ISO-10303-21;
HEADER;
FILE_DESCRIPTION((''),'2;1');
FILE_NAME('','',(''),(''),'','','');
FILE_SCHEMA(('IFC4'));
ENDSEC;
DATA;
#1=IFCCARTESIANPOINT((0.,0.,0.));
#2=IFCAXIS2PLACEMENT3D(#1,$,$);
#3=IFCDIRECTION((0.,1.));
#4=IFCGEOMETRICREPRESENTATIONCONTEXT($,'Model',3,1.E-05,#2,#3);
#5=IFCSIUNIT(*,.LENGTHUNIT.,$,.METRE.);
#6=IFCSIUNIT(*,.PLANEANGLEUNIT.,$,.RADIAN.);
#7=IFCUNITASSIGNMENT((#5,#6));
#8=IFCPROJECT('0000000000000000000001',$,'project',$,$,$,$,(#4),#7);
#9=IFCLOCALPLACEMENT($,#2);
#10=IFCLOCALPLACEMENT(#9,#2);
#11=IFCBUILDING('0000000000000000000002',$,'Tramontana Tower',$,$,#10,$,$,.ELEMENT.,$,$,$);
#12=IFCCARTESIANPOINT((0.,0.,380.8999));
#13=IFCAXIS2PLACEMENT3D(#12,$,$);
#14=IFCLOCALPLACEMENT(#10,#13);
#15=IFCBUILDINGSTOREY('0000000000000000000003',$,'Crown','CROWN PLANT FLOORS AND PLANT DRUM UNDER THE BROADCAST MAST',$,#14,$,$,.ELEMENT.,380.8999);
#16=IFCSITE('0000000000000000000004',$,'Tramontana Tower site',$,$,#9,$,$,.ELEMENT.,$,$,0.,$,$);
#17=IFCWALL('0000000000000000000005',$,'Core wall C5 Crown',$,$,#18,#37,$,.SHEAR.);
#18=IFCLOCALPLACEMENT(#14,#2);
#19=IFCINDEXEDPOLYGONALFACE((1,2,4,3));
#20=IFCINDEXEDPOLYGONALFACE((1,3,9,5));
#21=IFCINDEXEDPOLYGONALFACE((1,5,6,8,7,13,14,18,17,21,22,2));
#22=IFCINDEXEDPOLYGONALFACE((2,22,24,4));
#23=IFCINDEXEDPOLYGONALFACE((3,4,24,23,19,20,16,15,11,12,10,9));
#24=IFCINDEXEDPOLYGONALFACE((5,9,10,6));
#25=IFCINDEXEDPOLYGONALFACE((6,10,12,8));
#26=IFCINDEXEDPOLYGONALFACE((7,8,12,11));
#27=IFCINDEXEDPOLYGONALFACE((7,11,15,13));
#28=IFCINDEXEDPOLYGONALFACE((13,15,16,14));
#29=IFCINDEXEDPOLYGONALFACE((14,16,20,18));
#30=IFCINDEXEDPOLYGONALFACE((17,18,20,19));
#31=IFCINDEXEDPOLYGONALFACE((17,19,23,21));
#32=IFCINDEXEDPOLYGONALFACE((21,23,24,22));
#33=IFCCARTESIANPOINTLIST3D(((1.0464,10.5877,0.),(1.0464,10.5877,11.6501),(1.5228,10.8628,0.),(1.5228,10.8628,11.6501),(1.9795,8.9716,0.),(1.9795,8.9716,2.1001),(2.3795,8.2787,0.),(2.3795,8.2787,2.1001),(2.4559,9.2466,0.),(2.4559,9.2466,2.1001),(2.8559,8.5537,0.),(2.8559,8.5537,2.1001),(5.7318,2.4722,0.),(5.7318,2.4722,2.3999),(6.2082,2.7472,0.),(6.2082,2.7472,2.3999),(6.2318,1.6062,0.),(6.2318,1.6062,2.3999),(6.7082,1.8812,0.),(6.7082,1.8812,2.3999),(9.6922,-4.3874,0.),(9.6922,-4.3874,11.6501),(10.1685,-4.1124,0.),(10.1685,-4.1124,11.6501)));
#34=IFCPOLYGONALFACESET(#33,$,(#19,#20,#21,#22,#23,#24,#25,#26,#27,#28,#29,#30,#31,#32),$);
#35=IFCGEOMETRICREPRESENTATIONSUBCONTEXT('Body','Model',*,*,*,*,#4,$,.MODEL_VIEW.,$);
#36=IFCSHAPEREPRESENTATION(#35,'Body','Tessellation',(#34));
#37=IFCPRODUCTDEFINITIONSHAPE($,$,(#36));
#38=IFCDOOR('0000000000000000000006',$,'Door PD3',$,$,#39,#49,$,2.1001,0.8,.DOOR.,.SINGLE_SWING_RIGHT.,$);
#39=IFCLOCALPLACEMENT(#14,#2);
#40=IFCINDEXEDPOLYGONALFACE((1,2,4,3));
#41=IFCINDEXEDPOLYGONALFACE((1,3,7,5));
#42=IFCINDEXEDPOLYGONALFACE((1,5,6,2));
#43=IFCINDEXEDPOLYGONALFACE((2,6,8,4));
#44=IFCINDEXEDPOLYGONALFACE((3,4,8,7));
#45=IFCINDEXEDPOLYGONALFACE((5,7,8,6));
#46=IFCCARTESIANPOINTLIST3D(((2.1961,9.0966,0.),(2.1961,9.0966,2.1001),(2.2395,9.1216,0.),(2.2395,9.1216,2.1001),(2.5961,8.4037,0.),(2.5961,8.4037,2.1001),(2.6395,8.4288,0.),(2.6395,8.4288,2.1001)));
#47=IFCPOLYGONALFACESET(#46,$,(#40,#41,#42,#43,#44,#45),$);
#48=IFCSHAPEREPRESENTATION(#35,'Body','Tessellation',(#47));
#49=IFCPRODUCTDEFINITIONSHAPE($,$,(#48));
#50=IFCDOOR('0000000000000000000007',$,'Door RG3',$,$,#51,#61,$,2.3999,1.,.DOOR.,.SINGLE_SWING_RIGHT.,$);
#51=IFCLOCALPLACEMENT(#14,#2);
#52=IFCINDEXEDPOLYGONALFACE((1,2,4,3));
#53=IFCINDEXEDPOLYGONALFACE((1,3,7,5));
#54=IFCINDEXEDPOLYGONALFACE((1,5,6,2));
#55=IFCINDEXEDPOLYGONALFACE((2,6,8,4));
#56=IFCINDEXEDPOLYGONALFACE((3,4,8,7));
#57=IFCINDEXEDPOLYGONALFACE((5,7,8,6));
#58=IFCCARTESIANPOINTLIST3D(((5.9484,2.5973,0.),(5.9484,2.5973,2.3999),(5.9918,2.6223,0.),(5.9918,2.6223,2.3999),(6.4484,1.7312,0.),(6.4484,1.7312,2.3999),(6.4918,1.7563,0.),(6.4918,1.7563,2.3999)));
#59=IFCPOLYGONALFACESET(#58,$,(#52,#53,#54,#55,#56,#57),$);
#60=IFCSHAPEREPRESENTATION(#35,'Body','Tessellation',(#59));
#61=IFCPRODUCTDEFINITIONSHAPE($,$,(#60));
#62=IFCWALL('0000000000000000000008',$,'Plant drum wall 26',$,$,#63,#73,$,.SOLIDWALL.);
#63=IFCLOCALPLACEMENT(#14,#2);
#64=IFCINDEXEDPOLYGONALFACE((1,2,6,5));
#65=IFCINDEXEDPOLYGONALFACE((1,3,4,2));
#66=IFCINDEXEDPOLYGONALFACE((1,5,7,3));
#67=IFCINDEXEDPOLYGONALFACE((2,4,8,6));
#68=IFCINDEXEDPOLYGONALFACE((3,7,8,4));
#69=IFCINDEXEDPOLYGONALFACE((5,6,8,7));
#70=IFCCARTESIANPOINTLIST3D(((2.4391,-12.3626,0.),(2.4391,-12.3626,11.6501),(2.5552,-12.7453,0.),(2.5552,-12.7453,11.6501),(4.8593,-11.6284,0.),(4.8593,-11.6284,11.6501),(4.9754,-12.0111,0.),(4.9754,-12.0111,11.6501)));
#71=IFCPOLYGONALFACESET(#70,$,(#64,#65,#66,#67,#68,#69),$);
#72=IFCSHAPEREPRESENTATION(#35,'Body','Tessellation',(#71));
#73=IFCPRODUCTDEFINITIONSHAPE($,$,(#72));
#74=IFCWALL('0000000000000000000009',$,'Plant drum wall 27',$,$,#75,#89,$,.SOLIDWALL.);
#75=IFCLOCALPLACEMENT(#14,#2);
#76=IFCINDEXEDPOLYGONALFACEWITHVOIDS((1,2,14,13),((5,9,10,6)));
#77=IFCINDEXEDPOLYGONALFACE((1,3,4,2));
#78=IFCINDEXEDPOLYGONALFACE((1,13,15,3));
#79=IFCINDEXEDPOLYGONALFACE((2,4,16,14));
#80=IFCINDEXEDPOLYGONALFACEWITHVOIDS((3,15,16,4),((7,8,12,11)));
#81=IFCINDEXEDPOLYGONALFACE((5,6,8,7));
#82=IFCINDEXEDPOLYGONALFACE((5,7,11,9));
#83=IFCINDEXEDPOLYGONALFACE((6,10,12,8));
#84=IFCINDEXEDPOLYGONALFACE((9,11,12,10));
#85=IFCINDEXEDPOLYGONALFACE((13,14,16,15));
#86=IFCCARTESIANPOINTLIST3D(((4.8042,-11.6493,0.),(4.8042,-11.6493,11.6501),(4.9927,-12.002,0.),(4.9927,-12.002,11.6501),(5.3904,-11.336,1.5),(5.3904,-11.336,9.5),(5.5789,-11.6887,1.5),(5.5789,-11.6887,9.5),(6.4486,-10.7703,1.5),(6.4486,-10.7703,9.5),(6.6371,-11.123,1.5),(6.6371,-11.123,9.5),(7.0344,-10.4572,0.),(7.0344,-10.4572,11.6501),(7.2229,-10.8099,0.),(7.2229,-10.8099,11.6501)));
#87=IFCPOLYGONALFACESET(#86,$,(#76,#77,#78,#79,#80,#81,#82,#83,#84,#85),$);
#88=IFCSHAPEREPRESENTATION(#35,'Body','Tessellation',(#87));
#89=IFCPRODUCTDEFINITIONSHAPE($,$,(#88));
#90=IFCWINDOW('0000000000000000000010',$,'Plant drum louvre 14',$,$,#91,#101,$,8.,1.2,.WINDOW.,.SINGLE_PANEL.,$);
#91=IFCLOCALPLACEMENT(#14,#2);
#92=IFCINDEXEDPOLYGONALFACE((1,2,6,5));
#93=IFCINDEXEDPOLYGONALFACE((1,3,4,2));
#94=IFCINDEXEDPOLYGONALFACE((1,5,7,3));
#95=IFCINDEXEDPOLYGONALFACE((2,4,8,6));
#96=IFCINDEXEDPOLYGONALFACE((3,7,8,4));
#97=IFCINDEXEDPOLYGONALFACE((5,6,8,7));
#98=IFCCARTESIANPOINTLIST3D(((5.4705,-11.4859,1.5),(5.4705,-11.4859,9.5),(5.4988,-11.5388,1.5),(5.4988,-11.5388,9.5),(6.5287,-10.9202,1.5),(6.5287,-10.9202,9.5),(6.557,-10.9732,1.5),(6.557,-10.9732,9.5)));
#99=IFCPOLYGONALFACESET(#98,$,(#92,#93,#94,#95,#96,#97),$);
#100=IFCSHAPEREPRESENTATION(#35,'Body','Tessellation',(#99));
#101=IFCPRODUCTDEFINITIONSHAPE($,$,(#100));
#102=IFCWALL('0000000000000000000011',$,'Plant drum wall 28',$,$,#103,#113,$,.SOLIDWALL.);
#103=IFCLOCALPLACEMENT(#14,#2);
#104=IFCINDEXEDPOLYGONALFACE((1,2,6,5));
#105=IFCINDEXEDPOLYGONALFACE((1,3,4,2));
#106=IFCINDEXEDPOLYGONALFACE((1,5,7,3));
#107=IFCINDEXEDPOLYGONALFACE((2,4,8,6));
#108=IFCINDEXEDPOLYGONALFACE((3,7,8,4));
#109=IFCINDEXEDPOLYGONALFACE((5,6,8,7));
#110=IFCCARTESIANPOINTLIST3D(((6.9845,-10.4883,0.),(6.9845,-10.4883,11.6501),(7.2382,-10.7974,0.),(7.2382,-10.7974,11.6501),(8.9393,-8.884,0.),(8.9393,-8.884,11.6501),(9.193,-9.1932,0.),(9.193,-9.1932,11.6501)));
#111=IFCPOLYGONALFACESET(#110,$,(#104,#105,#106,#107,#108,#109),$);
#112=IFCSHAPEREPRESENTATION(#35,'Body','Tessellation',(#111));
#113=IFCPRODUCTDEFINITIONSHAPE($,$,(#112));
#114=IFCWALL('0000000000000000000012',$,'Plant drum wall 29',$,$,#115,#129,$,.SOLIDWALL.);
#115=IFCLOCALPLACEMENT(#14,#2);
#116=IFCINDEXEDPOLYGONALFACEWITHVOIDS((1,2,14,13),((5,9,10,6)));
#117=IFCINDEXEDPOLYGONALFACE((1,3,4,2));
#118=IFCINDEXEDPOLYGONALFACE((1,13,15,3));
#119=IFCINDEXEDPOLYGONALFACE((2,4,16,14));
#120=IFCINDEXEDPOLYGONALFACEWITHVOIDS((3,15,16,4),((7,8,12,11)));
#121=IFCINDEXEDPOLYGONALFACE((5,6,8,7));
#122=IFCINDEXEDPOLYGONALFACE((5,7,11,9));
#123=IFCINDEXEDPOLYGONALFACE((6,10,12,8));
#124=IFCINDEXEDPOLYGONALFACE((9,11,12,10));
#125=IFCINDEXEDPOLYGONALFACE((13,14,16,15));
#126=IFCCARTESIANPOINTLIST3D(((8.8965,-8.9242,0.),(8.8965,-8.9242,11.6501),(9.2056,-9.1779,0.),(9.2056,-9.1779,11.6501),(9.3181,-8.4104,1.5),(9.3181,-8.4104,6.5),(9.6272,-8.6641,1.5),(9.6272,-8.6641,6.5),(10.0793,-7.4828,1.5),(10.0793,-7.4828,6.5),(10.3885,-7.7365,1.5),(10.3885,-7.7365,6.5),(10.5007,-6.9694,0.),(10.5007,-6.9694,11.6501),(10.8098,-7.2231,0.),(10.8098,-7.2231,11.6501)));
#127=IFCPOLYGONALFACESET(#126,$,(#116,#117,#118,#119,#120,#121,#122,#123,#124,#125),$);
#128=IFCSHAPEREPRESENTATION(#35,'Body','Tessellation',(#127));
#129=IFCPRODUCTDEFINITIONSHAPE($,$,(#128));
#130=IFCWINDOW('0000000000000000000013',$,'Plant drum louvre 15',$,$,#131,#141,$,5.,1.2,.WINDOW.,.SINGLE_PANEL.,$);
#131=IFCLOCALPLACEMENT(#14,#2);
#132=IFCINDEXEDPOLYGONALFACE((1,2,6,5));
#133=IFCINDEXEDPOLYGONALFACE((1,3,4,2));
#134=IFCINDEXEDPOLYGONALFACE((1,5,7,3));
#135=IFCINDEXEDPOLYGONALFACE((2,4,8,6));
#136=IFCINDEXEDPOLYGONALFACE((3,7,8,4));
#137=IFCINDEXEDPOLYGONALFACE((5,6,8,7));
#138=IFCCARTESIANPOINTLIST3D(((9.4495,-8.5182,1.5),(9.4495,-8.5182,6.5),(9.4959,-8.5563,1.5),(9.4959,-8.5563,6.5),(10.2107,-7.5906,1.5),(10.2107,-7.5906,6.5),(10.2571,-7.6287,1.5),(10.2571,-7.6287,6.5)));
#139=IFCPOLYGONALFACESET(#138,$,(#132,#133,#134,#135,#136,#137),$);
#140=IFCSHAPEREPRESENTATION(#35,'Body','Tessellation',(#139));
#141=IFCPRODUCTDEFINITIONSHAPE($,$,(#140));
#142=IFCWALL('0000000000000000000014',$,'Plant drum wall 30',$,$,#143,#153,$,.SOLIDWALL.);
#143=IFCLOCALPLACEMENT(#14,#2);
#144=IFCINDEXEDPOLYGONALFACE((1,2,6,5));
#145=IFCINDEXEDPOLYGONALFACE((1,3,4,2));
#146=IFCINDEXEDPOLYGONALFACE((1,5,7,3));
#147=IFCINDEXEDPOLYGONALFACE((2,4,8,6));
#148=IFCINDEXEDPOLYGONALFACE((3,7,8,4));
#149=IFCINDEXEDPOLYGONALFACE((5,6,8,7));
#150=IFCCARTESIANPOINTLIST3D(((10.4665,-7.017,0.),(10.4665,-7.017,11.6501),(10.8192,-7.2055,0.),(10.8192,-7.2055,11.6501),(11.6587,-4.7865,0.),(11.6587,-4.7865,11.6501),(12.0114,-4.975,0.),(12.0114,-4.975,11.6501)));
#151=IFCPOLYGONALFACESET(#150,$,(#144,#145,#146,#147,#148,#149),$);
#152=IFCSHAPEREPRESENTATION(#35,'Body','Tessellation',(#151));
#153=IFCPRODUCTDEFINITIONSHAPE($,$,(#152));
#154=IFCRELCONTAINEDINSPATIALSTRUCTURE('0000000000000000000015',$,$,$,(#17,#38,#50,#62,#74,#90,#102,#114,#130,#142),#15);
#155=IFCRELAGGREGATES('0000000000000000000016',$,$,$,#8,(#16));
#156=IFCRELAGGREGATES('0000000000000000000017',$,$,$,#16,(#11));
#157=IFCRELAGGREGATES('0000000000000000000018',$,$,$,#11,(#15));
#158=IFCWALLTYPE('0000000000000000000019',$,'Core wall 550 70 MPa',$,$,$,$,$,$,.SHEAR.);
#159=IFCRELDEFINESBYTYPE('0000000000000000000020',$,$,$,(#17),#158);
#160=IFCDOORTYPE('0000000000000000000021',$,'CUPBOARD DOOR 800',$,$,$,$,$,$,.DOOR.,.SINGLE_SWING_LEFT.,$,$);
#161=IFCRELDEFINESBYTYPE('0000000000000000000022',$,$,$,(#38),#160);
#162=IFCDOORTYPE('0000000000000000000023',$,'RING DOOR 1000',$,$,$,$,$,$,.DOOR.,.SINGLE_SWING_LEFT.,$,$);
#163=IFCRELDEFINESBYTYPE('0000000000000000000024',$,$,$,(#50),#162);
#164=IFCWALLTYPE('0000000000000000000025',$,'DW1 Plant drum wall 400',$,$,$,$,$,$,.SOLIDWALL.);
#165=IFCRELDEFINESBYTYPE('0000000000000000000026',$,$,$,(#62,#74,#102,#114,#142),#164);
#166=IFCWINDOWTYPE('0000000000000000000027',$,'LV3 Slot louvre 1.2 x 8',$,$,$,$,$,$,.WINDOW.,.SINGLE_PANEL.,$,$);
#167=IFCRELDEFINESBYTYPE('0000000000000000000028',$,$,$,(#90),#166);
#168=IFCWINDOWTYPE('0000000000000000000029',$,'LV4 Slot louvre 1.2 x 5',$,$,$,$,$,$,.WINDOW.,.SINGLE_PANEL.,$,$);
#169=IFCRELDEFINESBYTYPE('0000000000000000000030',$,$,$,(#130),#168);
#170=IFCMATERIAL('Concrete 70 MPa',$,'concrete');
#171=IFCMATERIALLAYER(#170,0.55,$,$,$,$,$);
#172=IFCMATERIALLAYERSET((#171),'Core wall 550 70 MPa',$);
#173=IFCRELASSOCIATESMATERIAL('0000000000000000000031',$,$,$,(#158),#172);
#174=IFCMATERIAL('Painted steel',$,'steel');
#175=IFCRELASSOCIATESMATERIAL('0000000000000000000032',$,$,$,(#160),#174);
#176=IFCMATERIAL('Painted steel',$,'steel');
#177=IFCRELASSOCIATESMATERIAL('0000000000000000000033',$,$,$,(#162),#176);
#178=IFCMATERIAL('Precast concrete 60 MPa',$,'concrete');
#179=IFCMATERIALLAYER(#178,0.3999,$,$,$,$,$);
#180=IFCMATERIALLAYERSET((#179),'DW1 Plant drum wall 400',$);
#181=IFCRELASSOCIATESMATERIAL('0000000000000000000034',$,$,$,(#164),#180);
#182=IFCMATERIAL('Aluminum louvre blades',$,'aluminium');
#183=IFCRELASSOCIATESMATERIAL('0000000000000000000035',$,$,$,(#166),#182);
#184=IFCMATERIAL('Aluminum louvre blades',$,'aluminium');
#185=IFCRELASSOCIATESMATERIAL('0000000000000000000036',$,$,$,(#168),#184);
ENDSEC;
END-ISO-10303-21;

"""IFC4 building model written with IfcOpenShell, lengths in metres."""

from ifc_helpers import new_model, si_unit, direction, frame, frame_2d, origin, place, context, subcontext, project, spatial, rectangle, extrude, material, layer, layer_set, type_object, element, fill, save


model = new_model("IFC4")

# Units and contexts
model_context = context("Model", 3, precision=1e-05, world=origin(), true_north=direction((0.0, 1.0)))
body_context = subcontext(model_context, "Body", "Model", "MODEL_VIEW")
ifc_project = project(units=[si_unit("LENGTHUNIT", "METRE"), si_unit("PLANEANGLEUNIT", "RADIAN")], contexts=[model_context])

# Site, building, storey
site_placement = place(None, origin())
site = spatial("IfcSite", under=ifc_project, at=site_placement, Name="Tramontana Tower site", CompositionType="ELEMENT", RefElevation=0.0)
building_placement = place(site_placement, origin())
building = spatial("IfcBuilding", under=site, at=building_placement, Name="Tramontana Tower", CompositionType="ELEMENT")
storey_placement = place(building_placement, frame((0.0, 0.0, 380.8999)))
storey = spatial("IfcBuildingStorey", under=building, at=storey_placement, Name="Crown", Description="CROWN PLANT FLOORS AND PLANT DRUM UNDER THE BROADCAST MAST", CompositionType="ELEMENT", Elevation=380.8999)

# Shared definitions
ifc_material_1 = material(Name="Concrete 70 MPa", Category="concrete")
ifc_layer_1 = layer(ifc_material_1, 0.55)
ifc_layer_set_1 = layer_set([ifc_layer_1], Name="Core wall 550 70 MPa")
wall_type_1 = type_object("IfcWallType", Name="Core wall 550 70 MPa", PredefinedType="SHEAR", material=ifc_layer_set_1)

# Wall, openings, doors
wall_1_placement = place(storey_placement, frame((9.9304, -4.25, 0.0), z_axis=(0.0, 0.0, 1.0), x_axis=(-0.499995, 0.866029, 0.0)))
wall_1 = element("IfcWall", 1, at=wall_1_placement, inside=storey, type_object=wall_type_1, Name="Core wall C5 Crown", PredefinedType="SHEAR", context=body_context, shape_type="SweptSolid", body=[
    extrude(rectangle(XDim=17.2917, YDim=0.55, at=frame_2d((8.646, 0.0))), origin(), (0.0, 0.0, 1.0), 11.6501),
])
opening_1_placement = place(wall_1_placement, frame((6.9209, 0.0, 0.0)))
opening_1 = element("IfcOpeningElement", 2, at=opening_1_placement, cuts=wall_1, PredefinedType="OPENING", context=body_context, shape_type="SweptSolid", body=[
    extrude(rectangle(XDim=1.0, YDim=2.3999, at=frame_2d((0.5, 1.2))), frame((0.0, 0.2849, 0.0), z_axis=(0.0, -1.0, 0.0), x_axis=(1.0, 0.0, 0.0)), (0.0, 0.0, 1.0), 0.5701),
])
opening_2_placement = place(wall_1_placement, frame((14.6257, 0.0, 0.0)))
opening_2 = element("IfcOpeningElement", 3, at=opening_2_placement, cuts=wall_1, PredefinedType="OPENING", context=body_context, shape_type="SweptSolid", body=[
    extrude(rectangle(XDim=0.8, YDim=2.1001, at=frame_2d((0.3999, 1.05))), frame((0.0, 0.2849, 0.0), z_axis=(0.0, -1.0, 0.0), x_axis=(1.0, 0.0, 0.0)), (0.0, 0.0, 1.0), 0.5701),
])
ifc_material_2 = material(Name="Painted steel", Category="steel")
door_type_1 = type_object("IfcDoorType", Name="CUPBOARD DOOR 800", OperationType="SINGLE_SWING_LEFT", PredefinedType="DOOR", material=ifc_material_2)
door_1_placement = place(opening_2_placement, origin())
door_1 = element("IfcDoor", 4, at=door_1_placement, inside=storey, type_object=door_type_1, Name="Door PD3", OperationType="SINGLE_SWING_RIGHT", OverallHeight=2.1001, OverallWidth=0.8, PredefinedType="DOOR", context=body_context, shape_type="SweptSolid", body=[
    extrude(rectangle(XDim=0.8, YDim=2.1001, at=frame_2d((0.3999, 1.05))), frame((0.0, 0.0249, 0.0), z_axis=(0.0, -1.0, 0.0), x_axis=(1.0, 0.0, 0.0)), (0.0, 0.0, 1.0), 0.05),
])
fill(opening_2, door_1)
ifc_material_3 = material(Name="Painted steel", Category="steel")
door_type_2 = type_object("IfcDoorType", Name="RING DOOR 1000", OperationType="SINGLE_SWING_LEFT", PredefinedType="DOOR", material=ifc_material_3)
door_2_placement = place(opening_1_placement, origin())
door_2 = element("IfcDoor", 5, at=door_2_placement, inside=storey, type_object=door_type_2, Name="Door RG3", OperationType="SINGLE_SWING_RIGHT", OverallHeight=2.3999, OverallWidth=1.0, PredefinedType="DOOR", context=body_context, shape_type="SweptSolid", body=[
    extrude(rectangle(XDim=1.0, YDim=2.3999, at=frame_2d((0.5, 1.2))), frame((0.0, 0.0249, 0.0), z_axis=(0.0, -1.0, 0.0), x_axis=(1.0, 0.0, 0.0)), (0.0, 0.0, 1.0), 0.05),
])
fill(opening_1, door_2)

# Wall
ifc_material_4 = material(Name="Precast concrete 60 MPa", Category="concrete")
ifc_layer_2 = layer(ifc_material_4, 0.3999)
ifc_layer_set_2 = layer_set([ifc_layer_2], Name="DW1 Plant drum wall 400")
wall_type_2 = type_object("IfcWallType", Name="DW1 Plant drum wall 400", PredefinedType="SOLIDWALL", material=ifc_layer_set_2)
wall_2_placement = place(storey_placement, frame((2.4971, -12.554, 0.0), z_axis=(0.0, 0.0, 1.0), x_axis=(0.956942, 0.290278, 0.0)))
element("IfcWall", 6, at=wall_2_placement, inside=storey, type_object=wall_type_2, Name="Plant drum wall 26", PredefinedType="SOLIDWALL", context=body_context, shape_type="SweptSolid", body=[
    extrude(rectangle(XDim=2.5291, YDim=0.3999, at=frame_2d((1.2646, 0.0))), origin(), (0.0, 0.0, 1.0), 11.6501),
])

# Wall, opening, window
wall_3_placement = place(storey_placement, frame((4.8984, -11.8257, 0.0), z_axis=(0.0, 0.0, 1.0), x_axis=(0.881912, 0.471415, 0.0)))
wall_3 = element("IfcWall", 7, at=wall_3_placement, inside=storey, type_object=wall_type_2, Name="Plant drum wall 27", PredefinedType="SOLIDWALL", context=body_context, shape_type="SweptSolid", body=[
    extrude(rectangle(XDim=2.5288, YDim=0.3999, at=frame_2d((1.2644, 0.0))), origin(), (0.0, 0.0, 1.0), 11.6501),
])
opening_3_placement = place(wall_3_placement, frame((0.6646, 0.0, 1.5)))
opening_3 = element("IfcOpeningElement", 8, at=opening_3_placement, cuts=wall_3, PredefinedType="OPENING", context=body_context, shape_type="SweptSolid", body=[
    extrude(rectangle(XDim=1.2, YDim=8.0, at=frame_2d((0.6001, 4.0))), frame((0.0, 0.21, 0.0), z_axis=(0.0, -1.0, 0.0), x_axis=(1.0, 0.0, 0.0)), (0.0, 0.0, 1.0), 0.4199),
])
ifc_material_5 = material(Name="Aluminum louvre blades", Category="aluminium")
window_type_1 = type_object("IfcWindowType", Name="LV3 Slot louvre 1.2 x 8", PartitioningType="SINGLE_PANEL", PredefinedType="WINDOW", material=ifc_material_5)
window_1_placement = place(opening_3_placement, origin())
window_1 = element("IfcWindow", 9, at=window_1_placement, inside=storey, type_object=window_type_1, Name="Plant drum louvre 14", OverallHeight=8.0, OverallWidth=1.2, PartitioningType="SINGLE_PANEL", PredefinedType="WINDOW", context=body_context, shape_type="SweptSolid", body=[
    extrude(rectangle(XDim=1.2, YDim=8.0, at=frame_2d((0.6001, 4.0))), frame((0.0, 0.03, 0.0), z_axis=(0.0, -1.0, 0.0), x_axis=(1.0, 0.0, 0.0)), (0.0, 0.0, 1.0), 0.0601),
])
fill(opening_3, window_1)

# Wall
wall_4_placement = place(storey_placement, frame((7.1113, -10.6428, 0.0), z_axis=(0.0, 0.0, 1.0), x_axis=(0.773019, 0.634383, 0.0)))
element("IfcWall", 10, at=wall_4_placement, inside=storey, type_object=wall_type_2, Name="Plant drum wall 28", PredefinedType="SOLIDWALL", context=body_context, shape_type="SweptSolid", body=[
    extrude(rectangle(XDim=2.5288, YDim=0.3999, at=frame_2d((1.2644, 0.0))), origin(), (0.0, 0.0, 1.0), 11.6501),
])

# Wall, opening, window
wall_5_placement = place(storey_placement, frame((9.051, -9.051, 0.0), z_axis=(0.0, 0.0, 1.0), x_axis=(0.634383, 0.773019, 0.0)))
wall_5 = element("IfcWall", 11, at=wall_5_placement, inside=storey, type_object=wall_type_2, Name="Plant drum wall 29", PredefinedType="SOLIDWALL", context=body_context, shape_type="SweptSolid", body=[
    extrude(rectangle(XDim=2.5288, YDim=0.3999, at=frame_2d((1.2644, 0.0))), origin(), (0.0, 0.0, 1.0), 11.6501),
])
opening_4_placement = place(wall_5_placement, frame((0.6646, 0.0, 1.5)))
opening_4 = element("IfcOpeningElement", 12, at=opening_4_placement, cuts=wall_5, PredefinedType="OPENING", context=body_context, shape_type="SweptSolid", body=[
    extrude(rectangle(XDim=1.2, YDim=5.0, at=frame_2d((0.6001, 2.5))), frame((0.0, 0.21, 0.0), z_axis=(0.0, -1.0, 0.0), x_axis=(1.0, 0.0, 0.0)), (0.0, 0.0, 1.0), 0.4199),
])
ifc_material_6 = material(Name="Aluminum louvre blades", Category="aluminium")
window_type_2 = type_object("IfcWindowType", Name="LV4 Slot louvre 1.2 x 5", PartitioningType="SINGLE_PANEL", PredefinedType="WINDOW", material=ifc_material_6)
window_2_placement = place(opening_4_placement, origin())
window_2 = element("IfcWindow", 13, at=window_2_placement, inside=storey, type_object=window_type_2, Name="Plant drum louvre 15", OverallHeight=5.0, OverallWidth=1.2, PartitioningType="SINGLE_PANEL", PredefinedType="WINDOW", context=body_context, shape_type="SweptSolid", body=[
    extrude(rectangle(XDim=1.2, YDim=5.0, at=frame_2d((0.6001, 2.5))), frame((0.0, 0.03, 0.0), z_axis=(0.0, -1.0, 0.0), x_axis=(1.0, 0.0, 0.0)), (0.0, 0.0, 1.0), 0.0601),
])
fill(opening_4, window_2)

# Wall
wall_6_placement = place(storey_placement, frame((10.6428, -7.1113, 0.0), z_axis=(0.0, 0.0, 1.0), x_axis=(0.471375, 0.881933, 0.0)))
element("IfcWall", 14, at=wall_6_placement, inside=storey, type_object=wall_type_2, Name="Plant drum wall 30", PredefinedType="SOLIDWALL", context=body_context, shape_type="SweptSolid", body=[
    extrude(rectangle(XDim=2.5291, YDim=0.3999, at=frame_2d((1.2646, 0.0))), origin(), (0.0, 0.0, 1.0), 11.6501),
])

save(model, "model.ifc")
